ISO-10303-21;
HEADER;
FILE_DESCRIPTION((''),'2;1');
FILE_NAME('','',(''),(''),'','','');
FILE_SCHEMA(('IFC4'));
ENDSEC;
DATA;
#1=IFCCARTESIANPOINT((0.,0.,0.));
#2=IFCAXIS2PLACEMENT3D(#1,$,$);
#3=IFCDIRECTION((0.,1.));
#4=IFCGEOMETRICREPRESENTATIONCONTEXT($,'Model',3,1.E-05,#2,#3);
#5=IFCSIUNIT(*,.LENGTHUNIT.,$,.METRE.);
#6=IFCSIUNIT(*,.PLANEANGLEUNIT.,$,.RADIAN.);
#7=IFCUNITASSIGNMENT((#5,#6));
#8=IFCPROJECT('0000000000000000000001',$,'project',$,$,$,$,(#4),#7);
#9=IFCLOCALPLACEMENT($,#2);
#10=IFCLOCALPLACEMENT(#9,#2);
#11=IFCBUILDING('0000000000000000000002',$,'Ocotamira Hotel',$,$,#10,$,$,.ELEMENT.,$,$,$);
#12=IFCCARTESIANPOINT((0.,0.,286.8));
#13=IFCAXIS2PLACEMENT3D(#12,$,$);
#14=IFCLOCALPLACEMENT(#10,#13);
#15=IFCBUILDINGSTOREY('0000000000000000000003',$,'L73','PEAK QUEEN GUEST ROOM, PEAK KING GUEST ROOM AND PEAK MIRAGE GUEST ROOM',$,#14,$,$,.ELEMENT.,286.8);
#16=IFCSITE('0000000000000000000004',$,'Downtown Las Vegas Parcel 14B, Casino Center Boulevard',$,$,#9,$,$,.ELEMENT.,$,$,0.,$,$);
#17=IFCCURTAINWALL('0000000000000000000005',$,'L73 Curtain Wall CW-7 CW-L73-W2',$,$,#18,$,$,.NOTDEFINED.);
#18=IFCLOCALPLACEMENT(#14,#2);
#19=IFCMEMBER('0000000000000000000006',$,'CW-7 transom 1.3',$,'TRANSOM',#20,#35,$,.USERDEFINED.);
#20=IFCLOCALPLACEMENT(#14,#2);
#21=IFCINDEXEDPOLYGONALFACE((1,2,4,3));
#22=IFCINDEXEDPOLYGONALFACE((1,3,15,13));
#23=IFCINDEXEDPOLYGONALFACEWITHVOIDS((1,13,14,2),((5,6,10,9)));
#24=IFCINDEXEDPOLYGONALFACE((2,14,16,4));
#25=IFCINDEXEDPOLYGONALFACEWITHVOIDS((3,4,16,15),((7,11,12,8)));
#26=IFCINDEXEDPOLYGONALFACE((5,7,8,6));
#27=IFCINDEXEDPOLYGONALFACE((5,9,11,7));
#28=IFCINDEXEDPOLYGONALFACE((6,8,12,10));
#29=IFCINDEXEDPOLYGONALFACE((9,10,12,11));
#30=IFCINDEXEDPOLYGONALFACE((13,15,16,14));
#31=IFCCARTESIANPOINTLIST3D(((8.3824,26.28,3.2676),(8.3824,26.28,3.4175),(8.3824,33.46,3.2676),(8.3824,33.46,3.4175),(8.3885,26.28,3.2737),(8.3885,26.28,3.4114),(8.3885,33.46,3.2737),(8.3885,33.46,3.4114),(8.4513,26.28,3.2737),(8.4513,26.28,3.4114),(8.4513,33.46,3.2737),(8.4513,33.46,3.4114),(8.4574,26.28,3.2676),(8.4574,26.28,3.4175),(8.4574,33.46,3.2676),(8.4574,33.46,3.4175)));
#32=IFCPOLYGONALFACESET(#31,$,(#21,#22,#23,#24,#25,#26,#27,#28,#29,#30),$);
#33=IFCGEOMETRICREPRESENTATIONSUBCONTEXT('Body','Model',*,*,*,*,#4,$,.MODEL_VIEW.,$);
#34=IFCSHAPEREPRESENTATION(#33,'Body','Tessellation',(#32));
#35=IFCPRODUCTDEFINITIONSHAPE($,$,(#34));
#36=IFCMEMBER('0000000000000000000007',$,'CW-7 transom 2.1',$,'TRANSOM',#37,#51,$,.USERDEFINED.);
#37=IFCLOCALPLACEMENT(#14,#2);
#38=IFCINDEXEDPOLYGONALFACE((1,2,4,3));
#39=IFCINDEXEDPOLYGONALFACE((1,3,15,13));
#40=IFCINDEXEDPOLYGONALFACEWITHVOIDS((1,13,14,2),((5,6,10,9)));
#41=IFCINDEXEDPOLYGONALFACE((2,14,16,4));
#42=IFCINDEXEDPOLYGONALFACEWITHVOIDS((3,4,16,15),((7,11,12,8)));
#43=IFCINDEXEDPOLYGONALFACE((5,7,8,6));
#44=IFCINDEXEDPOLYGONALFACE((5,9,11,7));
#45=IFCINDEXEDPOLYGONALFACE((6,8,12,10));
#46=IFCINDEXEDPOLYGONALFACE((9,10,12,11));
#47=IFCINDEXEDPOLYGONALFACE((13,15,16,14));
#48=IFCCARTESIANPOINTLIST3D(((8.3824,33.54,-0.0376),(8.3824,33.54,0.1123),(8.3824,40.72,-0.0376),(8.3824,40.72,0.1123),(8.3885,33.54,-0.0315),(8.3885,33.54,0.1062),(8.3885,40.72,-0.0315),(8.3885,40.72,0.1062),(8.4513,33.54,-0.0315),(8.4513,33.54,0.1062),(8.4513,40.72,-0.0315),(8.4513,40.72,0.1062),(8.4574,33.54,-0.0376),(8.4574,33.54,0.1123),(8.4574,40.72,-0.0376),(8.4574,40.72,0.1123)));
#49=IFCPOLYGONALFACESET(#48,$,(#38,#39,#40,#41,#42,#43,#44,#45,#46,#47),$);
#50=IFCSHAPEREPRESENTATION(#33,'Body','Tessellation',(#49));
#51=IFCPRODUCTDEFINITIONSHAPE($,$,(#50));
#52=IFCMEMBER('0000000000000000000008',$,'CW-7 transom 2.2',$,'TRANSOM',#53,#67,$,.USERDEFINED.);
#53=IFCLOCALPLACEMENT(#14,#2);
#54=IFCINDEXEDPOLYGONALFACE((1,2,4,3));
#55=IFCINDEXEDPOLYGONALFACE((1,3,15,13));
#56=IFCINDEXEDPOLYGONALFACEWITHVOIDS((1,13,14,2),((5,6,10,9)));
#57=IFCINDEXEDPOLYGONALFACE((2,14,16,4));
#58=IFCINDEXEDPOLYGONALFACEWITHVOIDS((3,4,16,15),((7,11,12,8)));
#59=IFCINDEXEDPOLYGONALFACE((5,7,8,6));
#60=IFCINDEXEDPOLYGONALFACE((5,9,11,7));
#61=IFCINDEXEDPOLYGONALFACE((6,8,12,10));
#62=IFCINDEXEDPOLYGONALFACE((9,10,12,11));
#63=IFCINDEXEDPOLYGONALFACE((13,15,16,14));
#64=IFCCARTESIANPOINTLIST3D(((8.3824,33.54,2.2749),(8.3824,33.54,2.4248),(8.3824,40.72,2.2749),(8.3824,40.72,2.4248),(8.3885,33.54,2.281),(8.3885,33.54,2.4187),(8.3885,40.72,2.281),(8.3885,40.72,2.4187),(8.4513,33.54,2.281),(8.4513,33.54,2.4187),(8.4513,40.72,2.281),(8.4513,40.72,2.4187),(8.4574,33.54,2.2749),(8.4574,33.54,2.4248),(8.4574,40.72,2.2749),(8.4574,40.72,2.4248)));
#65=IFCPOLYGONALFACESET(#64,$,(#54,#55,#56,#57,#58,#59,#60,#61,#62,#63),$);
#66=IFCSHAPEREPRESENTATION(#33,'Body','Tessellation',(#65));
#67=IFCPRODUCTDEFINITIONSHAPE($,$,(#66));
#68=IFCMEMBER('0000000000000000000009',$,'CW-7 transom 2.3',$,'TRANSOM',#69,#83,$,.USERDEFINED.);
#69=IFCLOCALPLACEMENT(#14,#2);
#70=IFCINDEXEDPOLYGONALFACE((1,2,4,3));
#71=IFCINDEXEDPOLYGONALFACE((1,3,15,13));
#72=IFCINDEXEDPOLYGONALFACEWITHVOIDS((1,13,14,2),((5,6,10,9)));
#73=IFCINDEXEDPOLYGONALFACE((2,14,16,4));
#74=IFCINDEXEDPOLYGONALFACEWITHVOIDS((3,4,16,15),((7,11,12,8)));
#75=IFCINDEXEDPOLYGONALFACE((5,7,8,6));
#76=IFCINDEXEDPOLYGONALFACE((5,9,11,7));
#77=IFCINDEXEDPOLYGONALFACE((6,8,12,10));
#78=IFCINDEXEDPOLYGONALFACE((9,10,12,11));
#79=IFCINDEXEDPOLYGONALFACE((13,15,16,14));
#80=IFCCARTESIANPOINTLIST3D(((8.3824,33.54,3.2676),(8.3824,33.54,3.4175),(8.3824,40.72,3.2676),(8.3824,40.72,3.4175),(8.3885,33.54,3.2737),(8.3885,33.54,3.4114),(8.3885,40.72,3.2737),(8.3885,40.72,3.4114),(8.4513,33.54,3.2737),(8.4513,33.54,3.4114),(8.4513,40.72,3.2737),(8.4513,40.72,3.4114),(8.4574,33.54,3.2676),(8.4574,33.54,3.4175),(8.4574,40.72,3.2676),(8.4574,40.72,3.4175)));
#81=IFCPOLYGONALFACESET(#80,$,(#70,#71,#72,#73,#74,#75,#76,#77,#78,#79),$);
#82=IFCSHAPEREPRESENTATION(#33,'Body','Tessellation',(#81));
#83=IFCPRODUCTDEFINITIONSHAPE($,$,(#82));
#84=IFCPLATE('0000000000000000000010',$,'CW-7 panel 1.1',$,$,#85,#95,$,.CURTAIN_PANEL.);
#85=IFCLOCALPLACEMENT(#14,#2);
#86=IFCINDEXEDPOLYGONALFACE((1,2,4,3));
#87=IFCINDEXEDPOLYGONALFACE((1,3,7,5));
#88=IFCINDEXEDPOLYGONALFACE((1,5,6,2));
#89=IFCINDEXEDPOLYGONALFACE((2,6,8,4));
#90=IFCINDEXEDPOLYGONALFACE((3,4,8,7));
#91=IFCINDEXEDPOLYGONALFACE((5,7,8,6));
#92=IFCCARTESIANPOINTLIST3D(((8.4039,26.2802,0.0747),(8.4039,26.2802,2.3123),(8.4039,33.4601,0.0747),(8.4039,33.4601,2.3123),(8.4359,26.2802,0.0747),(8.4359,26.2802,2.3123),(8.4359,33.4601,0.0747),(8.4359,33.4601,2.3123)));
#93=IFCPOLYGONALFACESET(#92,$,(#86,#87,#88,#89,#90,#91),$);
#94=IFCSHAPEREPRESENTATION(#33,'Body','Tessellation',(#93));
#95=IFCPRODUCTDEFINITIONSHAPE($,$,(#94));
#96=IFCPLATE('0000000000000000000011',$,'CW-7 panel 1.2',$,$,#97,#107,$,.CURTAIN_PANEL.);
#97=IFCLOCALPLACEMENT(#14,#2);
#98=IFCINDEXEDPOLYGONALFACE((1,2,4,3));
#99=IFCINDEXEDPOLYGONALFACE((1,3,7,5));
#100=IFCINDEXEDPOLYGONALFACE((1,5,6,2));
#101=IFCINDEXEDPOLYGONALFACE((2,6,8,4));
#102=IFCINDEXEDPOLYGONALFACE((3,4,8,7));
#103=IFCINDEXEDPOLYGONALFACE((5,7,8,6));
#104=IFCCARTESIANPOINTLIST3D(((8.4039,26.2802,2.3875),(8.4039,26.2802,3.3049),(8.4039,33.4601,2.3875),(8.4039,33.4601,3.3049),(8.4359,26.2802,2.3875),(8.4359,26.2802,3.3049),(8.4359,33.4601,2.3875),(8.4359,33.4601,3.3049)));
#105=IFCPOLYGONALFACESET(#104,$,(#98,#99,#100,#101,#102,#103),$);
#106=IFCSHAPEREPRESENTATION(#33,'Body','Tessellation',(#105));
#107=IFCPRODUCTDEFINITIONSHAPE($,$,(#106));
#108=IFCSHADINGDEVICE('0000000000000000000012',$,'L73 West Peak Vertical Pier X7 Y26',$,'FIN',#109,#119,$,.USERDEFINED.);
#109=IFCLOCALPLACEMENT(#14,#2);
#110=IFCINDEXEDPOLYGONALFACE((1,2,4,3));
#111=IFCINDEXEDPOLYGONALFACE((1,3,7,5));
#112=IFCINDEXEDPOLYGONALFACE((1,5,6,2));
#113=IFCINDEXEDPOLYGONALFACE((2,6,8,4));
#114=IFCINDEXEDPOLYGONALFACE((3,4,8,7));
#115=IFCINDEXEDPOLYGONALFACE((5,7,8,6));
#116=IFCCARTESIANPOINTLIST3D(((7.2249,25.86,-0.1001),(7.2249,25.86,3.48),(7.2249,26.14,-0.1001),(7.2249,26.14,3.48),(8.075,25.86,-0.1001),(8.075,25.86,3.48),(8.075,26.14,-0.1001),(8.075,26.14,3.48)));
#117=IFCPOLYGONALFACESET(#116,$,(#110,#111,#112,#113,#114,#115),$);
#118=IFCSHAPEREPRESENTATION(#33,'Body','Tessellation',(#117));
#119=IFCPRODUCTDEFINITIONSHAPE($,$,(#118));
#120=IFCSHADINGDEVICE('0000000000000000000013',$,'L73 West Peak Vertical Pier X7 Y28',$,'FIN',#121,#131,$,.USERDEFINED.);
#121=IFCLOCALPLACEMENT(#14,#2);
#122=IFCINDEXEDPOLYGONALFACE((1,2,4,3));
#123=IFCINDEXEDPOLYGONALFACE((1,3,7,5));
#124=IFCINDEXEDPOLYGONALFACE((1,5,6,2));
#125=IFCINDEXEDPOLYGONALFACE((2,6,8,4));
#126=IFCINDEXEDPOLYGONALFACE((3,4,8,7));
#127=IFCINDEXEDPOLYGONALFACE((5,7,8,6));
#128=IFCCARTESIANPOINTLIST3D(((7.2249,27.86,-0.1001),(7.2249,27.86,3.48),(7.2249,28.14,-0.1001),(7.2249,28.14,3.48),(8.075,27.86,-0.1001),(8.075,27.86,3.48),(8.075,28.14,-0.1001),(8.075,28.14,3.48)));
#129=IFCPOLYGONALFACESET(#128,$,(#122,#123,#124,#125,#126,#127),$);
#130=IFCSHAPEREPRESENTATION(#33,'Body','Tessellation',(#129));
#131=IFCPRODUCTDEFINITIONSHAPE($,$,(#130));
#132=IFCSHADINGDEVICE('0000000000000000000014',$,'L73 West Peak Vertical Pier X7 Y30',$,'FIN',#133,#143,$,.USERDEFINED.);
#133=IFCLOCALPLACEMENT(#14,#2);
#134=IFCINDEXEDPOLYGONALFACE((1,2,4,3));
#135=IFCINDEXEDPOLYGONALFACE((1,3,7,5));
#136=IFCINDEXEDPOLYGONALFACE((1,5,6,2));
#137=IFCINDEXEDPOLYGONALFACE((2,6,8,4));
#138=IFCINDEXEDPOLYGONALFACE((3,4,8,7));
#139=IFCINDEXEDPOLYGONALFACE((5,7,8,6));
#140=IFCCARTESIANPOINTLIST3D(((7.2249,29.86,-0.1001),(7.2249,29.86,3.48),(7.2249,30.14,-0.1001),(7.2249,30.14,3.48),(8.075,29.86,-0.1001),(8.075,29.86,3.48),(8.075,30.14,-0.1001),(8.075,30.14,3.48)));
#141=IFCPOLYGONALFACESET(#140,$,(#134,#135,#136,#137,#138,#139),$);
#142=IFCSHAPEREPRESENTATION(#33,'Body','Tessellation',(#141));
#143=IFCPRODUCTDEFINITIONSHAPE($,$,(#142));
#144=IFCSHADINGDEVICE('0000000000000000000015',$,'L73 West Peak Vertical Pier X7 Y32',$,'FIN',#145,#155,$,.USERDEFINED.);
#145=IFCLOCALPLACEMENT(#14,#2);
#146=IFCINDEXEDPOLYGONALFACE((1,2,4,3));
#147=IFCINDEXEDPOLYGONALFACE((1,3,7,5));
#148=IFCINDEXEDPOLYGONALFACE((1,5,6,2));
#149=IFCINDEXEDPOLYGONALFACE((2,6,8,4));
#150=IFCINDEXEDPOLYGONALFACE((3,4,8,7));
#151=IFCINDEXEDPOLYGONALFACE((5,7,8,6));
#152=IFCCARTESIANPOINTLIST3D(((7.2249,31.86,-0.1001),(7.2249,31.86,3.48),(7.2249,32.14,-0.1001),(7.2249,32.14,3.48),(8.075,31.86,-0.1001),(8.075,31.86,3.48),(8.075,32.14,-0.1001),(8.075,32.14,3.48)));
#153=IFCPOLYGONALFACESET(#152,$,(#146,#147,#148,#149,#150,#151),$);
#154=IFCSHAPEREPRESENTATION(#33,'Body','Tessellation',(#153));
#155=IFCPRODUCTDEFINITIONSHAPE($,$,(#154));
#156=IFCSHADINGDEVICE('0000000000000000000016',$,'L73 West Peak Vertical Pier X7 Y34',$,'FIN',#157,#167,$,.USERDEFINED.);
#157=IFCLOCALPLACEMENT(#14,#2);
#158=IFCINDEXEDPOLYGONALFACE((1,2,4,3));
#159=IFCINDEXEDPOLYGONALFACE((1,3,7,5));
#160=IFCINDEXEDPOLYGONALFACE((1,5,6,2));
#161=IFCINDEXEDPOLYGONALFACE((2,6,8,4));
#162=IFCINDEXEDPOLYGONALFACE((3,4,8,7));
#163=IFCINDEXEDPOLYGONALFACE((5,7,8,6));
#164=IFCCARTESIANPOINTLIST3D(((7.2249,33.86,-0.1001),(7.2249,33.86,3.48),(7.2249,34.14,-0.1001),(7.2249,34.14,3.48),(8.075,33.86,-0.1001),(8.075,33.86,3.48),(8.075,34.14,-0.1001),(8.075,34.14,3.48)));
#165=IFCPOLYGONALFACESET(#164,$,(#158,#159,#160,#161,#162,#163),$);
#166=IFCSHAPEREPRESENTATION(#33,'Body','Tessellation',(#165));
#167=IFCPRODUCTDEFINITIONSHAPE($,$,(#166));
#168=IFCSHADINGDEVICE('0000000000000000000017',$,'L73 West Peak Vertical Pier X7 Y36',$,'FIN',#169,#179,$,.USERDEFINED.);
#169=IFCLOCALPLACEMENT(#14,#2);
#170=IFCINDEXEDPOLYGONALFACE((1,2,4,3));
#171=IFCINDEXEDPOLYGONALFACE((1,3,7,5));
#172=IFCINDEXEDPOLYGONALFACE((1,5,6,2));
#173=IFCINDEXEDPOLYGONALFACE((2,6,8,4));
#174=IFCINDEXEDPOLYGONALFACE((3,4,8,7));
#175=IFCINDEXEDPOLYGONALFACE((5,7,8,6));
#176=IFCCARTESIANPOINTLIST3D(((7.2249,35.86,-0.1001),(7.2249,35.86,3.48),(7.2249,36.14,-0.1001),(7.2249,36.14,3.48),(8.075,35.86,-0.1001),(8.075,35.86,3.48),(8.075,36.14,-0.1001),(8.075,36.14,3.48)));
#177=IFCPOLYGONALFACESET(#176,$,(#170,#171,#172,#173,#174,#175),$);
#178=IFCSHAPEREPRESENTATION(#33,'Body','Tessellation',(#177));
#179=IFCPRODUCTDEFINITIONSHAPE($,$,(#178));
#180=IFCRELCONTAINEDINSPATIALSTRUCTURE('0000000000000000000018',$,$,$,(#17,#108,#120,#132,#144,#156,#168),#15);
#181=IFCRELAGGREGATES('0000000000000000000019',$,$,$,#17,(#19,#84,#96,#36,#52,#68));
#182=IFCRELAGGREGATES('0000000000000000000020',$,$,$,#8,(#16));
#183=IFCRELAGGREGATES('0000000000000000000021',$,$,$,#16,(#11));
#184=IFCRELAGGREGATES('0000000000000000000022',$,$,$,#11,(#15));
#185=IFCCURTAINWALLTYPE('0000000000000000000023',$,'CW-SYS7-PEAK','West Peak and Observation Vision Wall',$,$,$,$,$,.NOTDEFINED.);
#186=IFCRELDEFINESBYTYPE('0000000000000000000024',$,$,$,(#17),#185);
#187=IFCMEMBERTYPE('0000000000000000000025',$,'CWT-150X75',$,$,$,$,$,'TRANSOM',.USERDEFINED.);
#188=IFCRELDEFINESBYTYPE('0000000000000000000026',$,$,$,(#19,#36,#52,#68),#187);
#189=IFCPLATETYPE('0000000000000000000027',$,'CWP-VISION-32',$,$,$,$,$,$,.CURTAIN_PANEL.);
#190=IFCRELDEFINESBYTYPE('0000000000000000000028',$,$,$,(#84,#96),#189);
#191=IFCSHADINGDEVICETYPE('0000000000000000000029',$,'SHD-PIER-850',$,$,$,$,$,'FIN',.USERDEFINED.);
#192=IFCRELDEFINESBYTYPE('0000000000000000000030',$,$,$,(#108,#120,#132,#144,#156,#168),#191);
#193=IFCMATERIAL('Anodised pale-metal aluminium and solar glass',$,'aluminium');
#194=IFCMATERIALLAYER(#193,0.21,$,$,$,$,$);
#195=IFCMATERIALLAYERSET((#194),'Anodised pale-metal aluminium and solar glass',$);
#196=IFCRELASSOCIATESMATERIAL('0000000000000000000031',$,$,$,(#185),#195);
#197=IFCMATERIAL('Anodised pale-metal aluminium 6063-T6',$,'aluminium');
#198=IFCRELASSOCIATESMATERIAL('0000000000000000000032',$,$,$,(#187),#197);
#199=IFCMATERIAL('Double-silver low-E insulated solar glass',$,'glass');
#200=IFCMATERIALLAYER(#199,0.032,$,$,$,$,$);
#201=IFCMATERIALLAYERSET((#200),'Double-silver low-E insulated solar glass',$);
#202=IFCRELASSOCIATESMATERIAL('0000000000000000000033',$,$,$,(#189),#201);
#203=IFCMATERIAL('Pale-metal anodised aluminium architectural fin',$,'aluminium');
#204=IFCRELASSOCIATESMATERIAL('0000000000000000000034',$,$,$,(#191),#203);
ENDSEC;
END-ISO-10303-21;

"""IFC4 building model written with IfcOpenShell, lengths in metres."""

from ifc_helpers import new_model, si_unit, direction, frame, origin, origin_2d, place, context, subcontext, project, spatial, rectangle, hollow_rectangle, extrude, source, transform, mapped, material, layer, layer_set, material_profile, profile_set, type_object, element, aggregate, save


model = new_model("IFC4")

# Units and contexts
model_context = context("Model", 3, precision=1e-05, world=origin(), true_north=direction((0.0, 1.0)))
body_context = subcontext(model_context, "Body", "Model", "MODEL_VIEW")
ifc_project = project(units=[si_unit("LENGTHUNIT", "METRE"), si_unit("PLANEANGLEUNIT", "RADIAN")], contexts=[model_context])

# Site, building, storey
site_placement = place(None, origin())
site = spatial("IfcSite", under=ifc_project, at=site_placement, Name="Downtown Las Vegas Parcel 14B, Casino Center Boulevard", CompositionType="ELEMENT", RefElevation=0.0)
building_placement = place(site_placement, origin())
building = spatial("IfcBuilding", under=site, at=building_placement, Name="Ocotamira Hotel", CompositionType="ELEMENT")
storey_placement = place(building_placement, frame((0.0, 0.0, 286.8)))
storey = spatial("IfcBuildingStorey", under=building, at=storey_placement, Name="L73", Description="PEAK QUEEN GUEST ROOM, PEAK KING GUEST ROOM AND PEAK MIRAGE GUEST ROOM", CompositionType="ELEMENT", Elevation=286.8)

# Shared definitions
ifc_material_1 = material(Name="Anodised pale-metal aluminium and solar glass", Category="aluminium")
ifc_layer_1 = layer(ifc_material_1, 0.21)
ifc_layer_set_1 = layer_set([ifc_layer_1], Name="Anodised pale-metal aluminium and solar glass")
curtain_wall_type = type_object("IfcCurtainWallType", Name="CW-SYS7-PEAK", Description="West Peak and Observation Vision Wall", PredefinedType="NOTDEFINED", material=ifc_layer_set_1)
ifc_material_2 = material(Name="Anodised pale-metal aluminium 6063-T6", Category="aluminium")

# Curtain wall, members, plates
curtain_wall_1_placement = place(storey_placement, origin())
curtain_wall_1 = element("IfcCurtainWall", 1, at=curtain_wall_1_placement, inside=storey, type_object=curtain_wall_type, Name="L73 Curtain Wall CW-7 CW-L73-W2", PredefinedType="NOTDEFINED")
ifc_material_profile_1 = material_profile(ifc_material_2, hollow_rectangle(XDim=0.075, YDim=0.1499, WallThickness=0.0061, at=origin_2d()), Name="HSS150X75X6")
ifc_profile_set_1 = profile_set([ifc_material_profile_1], Name="Anodised pale-metal aluminium 6063-T6")
member_type_1 = type_object("IfcMemberType", Name="CWT-150X75", ElementType="TRANSOM", PredefinedType="USERDEFINED", material=ifc_profile_set_1)
shared_shape_1 = source(origin(), body_context, "Body", "SweptSolid", [
    extrude(hollow_rectangle(XDim=0.075, YDim=0.1499, WallThickness=0.0061, at=origin_2d()), origin(), (0.0, 0.0, 1.0), 7.1799),
])
member_1_placement = place(storey_placement, frame((8.4199, 26.28, 3.3425), z_axis=(0.0, 1.0, 0.0), x_axis=(-1.0, 0.0, 0.0)))
member_1 = element("IfcMember", 2, at=member_1_placement, type_object=member_type_1, Name="CW-7 transom 1.3", ObjectType="TRANSOM", PredefinedType="USERDEFINED", context=body_context, shape_type="MappedRepresentation", body=[
    mapped(shared_shape_1, transform((0.0, 0.0, 0.0), scale=1.0)),
])
member_2_placement = place(storey_placement, frame((8.4199, 33.54, 0.0374), z_axis=(0.0, 1.0, 0.0), x_axis=(-1.0, 0.0, 0.0)))
member_2 = element("IfcMember", 3, at=member_2_placement, type_object=member_type_1, Name="CW-7 transom 2.1", ObjectType="TRANSOM", PredefinedType="USERDEFINED", context=body_context, shape_type="MappedRepresentation", body=[
    mapped(shared_shape_1, transform((0.0, 0.0, 0.0), scale=1.0)),
])
member_3_placement = place(storey_placement, frame((8.4199, 33.54, 2.3499), z_axis=(0.0, 1.0, 0.0), x_axis=(-1.0, 0.0, 0.0)))
member_3 = element("IfcMember", 4, at=member_3_placement, type_object=member_type_1, Name="CW-7 transom 2.2", ObjectType="TRANSOM", PredefinedType="USERDEFINED", context=body_context, shape_type="MappedRepresentation", body=[
    mapped(shared_shape_1, transform((0.0, 0.0, 0.0), scale=1.0)),
])
member_4_placement = place(storey_placement, frame((8.4199, 33.54, 3.3425), z_axis=(0.0, 1.0, 0.0), x_axis=(-1.0, 0.0, 0.0)))
member_4 = element("IfcMember", 5, at=member_4_placement, type_object=member_type_1, Name="CW-7 transom 2.3", ObjectType="TRANSOM", PredefinedType="USERDEFINED", context=body_context, shape_type="MappedRepresentation", body=[
    mapped(shared_shape_1, transform((0.0, 0.0, 0.0), scale=1.0)),
])
ifc_material_3 = material(Name="Double-silver low-E insulated solar glass", Category="glass")
ifc_layer_2 = layer(ifc_material_3, 0.032)
ifc_layer_set_2 = layer_set([ifc_layer_2], Name="Double-silver low-E insulated solar glass")
plate_type = type_object("IfcPlateType", Name="CWP-VISION-32", PredefinedType="CURTAIN_PANEL", material=ifc_layer_set_2)
shared_shape_2 = source(origin(), body_context, "Body", "SweptSolid", [
    extrude(rectangle(XDim=7.1799, YDim=0.032, at=origin_2d()), origin(), (0.0, 0.0, 1.0), 2.2375),
])
plate_1_placement = place(storey_placement, frame((8.4199, 29.8701, 0.0747), z_axis=(0.0, 0.0, 1.0), x_axis=(0.0, 1.0, 0.0)))
plate_1 = element("IfcPlate", 6, at=plate_1_placement, type_object=plate_type, Name="CW-7 panel 1.1", PredefinedType="CURTAIN_PANEL", context=body_context, shape_type="MappedRepresentation", body=[
    mapped(shared_shape_2, transform((0.0, 0.0, 0.0), scale=1.0)),
])
shared_shape_3 = source(origin(), body_context, "Body", "SweptSolid", [
    extrude(rectangle(XDim=7.1799, YDim=0.032, at=origin_2d()), origin(), (0.0, 0.0, 1.0), 0.9175),
])
plate_2_placement = place(storey_placement, frame((8.4199, 29.8701, 2.3875), z_axis=(0.0, 0.0, 1.0), x_axis=(0.0, 1.0, 0.0)))
plate_2 = element("IfcPlate", 7, at=plate_2_placement, type_object=plate_type, Name="CW-7 panel 1.2", PredefinedType="CURTAIN_PANEL", context=body_context, shape_type="MappedRepresentation", body=[
    mapped(shared_shape_3, transform((0.0, 0.0, 0.0), scale=1.0)),
])
aggregate(curtain_wall_1, [member_1, plate_1, plate_2, member_2, member_3, member_4])

# Shading devices
ifc_material_4 = material(Name="Pale-metal anodised aluminium architectural fin", Category="aluminium")
shading_device_type = type_object("IfcShadingDeviceType", Name="SHD-PIER-850", ElementType="FIN", PredefinedType="USERDEFINED", material=ifc_material_4)
shared_shape_4 = source(origin(), body_context, "Body", "SweptSolid", [
    extrude(rectangle(XDim=0.8501, YDim=0.28, at=origin_2d()), origin(), (0.0, 0.0, 1.0), 3.5801),
])
for number, where, z_axis, x_axis, name in (
    (8, (7.6499, 26.0, -0.1001), (0.0, 0.0, 1.0), (1.0, 0.0, 0.0), "L73 West Peak Vertical Pier X7 Y26"),
    (9, (7.6499, 28.0, -0.1001), (0.0, 0.0, 1.0), (1.0, 0.0, 0.0), "L73 West Peak Vertical Pier X7 Y28"),
    (10, (7.6499, 30.0, -0.1001), (0.0, 0.0, 1.0), (1.0, 0.0, 0.0), "L73 West Peak Vertical Pier X7 Y30"),
    (11, (7.6499, 32.0, -0.1001), (0.0, 0.0, 1.0), (1.0, 0.0, 0.0), "L73 West Peak Vertical Pier X7 Y32"),
    (12, (7.6499, 34.0, -0.1001), (0.0, 0.0, 1.0), (1.0, 0.0, 0.0), "L73 West Peak Vertical Pier X7 Y34"),
    (13, (7.6499, 36.0, -0.1001), (0.0, 0.0, 1.0), (1.0, 0.0, 0.0), "L73 West Peak Vertical Pier X7 Y36"),
):
    element("IfcShadingDevice", number, at=place(storey_placement, frame(where, z_axis=z_axis, x_axis=x_axis)), inside=storey, type_object=shading_device_type, Name=name, ObjectType="FIN", PredefinedType="USERDEFINED", context=body_context, shape_type="MappedRepresentation", body=[
        mapped(shared_shape_4, transform((0.0, 0.0, 0.0), scale=1.0)),
    ])

save(model, "model.ifc")
